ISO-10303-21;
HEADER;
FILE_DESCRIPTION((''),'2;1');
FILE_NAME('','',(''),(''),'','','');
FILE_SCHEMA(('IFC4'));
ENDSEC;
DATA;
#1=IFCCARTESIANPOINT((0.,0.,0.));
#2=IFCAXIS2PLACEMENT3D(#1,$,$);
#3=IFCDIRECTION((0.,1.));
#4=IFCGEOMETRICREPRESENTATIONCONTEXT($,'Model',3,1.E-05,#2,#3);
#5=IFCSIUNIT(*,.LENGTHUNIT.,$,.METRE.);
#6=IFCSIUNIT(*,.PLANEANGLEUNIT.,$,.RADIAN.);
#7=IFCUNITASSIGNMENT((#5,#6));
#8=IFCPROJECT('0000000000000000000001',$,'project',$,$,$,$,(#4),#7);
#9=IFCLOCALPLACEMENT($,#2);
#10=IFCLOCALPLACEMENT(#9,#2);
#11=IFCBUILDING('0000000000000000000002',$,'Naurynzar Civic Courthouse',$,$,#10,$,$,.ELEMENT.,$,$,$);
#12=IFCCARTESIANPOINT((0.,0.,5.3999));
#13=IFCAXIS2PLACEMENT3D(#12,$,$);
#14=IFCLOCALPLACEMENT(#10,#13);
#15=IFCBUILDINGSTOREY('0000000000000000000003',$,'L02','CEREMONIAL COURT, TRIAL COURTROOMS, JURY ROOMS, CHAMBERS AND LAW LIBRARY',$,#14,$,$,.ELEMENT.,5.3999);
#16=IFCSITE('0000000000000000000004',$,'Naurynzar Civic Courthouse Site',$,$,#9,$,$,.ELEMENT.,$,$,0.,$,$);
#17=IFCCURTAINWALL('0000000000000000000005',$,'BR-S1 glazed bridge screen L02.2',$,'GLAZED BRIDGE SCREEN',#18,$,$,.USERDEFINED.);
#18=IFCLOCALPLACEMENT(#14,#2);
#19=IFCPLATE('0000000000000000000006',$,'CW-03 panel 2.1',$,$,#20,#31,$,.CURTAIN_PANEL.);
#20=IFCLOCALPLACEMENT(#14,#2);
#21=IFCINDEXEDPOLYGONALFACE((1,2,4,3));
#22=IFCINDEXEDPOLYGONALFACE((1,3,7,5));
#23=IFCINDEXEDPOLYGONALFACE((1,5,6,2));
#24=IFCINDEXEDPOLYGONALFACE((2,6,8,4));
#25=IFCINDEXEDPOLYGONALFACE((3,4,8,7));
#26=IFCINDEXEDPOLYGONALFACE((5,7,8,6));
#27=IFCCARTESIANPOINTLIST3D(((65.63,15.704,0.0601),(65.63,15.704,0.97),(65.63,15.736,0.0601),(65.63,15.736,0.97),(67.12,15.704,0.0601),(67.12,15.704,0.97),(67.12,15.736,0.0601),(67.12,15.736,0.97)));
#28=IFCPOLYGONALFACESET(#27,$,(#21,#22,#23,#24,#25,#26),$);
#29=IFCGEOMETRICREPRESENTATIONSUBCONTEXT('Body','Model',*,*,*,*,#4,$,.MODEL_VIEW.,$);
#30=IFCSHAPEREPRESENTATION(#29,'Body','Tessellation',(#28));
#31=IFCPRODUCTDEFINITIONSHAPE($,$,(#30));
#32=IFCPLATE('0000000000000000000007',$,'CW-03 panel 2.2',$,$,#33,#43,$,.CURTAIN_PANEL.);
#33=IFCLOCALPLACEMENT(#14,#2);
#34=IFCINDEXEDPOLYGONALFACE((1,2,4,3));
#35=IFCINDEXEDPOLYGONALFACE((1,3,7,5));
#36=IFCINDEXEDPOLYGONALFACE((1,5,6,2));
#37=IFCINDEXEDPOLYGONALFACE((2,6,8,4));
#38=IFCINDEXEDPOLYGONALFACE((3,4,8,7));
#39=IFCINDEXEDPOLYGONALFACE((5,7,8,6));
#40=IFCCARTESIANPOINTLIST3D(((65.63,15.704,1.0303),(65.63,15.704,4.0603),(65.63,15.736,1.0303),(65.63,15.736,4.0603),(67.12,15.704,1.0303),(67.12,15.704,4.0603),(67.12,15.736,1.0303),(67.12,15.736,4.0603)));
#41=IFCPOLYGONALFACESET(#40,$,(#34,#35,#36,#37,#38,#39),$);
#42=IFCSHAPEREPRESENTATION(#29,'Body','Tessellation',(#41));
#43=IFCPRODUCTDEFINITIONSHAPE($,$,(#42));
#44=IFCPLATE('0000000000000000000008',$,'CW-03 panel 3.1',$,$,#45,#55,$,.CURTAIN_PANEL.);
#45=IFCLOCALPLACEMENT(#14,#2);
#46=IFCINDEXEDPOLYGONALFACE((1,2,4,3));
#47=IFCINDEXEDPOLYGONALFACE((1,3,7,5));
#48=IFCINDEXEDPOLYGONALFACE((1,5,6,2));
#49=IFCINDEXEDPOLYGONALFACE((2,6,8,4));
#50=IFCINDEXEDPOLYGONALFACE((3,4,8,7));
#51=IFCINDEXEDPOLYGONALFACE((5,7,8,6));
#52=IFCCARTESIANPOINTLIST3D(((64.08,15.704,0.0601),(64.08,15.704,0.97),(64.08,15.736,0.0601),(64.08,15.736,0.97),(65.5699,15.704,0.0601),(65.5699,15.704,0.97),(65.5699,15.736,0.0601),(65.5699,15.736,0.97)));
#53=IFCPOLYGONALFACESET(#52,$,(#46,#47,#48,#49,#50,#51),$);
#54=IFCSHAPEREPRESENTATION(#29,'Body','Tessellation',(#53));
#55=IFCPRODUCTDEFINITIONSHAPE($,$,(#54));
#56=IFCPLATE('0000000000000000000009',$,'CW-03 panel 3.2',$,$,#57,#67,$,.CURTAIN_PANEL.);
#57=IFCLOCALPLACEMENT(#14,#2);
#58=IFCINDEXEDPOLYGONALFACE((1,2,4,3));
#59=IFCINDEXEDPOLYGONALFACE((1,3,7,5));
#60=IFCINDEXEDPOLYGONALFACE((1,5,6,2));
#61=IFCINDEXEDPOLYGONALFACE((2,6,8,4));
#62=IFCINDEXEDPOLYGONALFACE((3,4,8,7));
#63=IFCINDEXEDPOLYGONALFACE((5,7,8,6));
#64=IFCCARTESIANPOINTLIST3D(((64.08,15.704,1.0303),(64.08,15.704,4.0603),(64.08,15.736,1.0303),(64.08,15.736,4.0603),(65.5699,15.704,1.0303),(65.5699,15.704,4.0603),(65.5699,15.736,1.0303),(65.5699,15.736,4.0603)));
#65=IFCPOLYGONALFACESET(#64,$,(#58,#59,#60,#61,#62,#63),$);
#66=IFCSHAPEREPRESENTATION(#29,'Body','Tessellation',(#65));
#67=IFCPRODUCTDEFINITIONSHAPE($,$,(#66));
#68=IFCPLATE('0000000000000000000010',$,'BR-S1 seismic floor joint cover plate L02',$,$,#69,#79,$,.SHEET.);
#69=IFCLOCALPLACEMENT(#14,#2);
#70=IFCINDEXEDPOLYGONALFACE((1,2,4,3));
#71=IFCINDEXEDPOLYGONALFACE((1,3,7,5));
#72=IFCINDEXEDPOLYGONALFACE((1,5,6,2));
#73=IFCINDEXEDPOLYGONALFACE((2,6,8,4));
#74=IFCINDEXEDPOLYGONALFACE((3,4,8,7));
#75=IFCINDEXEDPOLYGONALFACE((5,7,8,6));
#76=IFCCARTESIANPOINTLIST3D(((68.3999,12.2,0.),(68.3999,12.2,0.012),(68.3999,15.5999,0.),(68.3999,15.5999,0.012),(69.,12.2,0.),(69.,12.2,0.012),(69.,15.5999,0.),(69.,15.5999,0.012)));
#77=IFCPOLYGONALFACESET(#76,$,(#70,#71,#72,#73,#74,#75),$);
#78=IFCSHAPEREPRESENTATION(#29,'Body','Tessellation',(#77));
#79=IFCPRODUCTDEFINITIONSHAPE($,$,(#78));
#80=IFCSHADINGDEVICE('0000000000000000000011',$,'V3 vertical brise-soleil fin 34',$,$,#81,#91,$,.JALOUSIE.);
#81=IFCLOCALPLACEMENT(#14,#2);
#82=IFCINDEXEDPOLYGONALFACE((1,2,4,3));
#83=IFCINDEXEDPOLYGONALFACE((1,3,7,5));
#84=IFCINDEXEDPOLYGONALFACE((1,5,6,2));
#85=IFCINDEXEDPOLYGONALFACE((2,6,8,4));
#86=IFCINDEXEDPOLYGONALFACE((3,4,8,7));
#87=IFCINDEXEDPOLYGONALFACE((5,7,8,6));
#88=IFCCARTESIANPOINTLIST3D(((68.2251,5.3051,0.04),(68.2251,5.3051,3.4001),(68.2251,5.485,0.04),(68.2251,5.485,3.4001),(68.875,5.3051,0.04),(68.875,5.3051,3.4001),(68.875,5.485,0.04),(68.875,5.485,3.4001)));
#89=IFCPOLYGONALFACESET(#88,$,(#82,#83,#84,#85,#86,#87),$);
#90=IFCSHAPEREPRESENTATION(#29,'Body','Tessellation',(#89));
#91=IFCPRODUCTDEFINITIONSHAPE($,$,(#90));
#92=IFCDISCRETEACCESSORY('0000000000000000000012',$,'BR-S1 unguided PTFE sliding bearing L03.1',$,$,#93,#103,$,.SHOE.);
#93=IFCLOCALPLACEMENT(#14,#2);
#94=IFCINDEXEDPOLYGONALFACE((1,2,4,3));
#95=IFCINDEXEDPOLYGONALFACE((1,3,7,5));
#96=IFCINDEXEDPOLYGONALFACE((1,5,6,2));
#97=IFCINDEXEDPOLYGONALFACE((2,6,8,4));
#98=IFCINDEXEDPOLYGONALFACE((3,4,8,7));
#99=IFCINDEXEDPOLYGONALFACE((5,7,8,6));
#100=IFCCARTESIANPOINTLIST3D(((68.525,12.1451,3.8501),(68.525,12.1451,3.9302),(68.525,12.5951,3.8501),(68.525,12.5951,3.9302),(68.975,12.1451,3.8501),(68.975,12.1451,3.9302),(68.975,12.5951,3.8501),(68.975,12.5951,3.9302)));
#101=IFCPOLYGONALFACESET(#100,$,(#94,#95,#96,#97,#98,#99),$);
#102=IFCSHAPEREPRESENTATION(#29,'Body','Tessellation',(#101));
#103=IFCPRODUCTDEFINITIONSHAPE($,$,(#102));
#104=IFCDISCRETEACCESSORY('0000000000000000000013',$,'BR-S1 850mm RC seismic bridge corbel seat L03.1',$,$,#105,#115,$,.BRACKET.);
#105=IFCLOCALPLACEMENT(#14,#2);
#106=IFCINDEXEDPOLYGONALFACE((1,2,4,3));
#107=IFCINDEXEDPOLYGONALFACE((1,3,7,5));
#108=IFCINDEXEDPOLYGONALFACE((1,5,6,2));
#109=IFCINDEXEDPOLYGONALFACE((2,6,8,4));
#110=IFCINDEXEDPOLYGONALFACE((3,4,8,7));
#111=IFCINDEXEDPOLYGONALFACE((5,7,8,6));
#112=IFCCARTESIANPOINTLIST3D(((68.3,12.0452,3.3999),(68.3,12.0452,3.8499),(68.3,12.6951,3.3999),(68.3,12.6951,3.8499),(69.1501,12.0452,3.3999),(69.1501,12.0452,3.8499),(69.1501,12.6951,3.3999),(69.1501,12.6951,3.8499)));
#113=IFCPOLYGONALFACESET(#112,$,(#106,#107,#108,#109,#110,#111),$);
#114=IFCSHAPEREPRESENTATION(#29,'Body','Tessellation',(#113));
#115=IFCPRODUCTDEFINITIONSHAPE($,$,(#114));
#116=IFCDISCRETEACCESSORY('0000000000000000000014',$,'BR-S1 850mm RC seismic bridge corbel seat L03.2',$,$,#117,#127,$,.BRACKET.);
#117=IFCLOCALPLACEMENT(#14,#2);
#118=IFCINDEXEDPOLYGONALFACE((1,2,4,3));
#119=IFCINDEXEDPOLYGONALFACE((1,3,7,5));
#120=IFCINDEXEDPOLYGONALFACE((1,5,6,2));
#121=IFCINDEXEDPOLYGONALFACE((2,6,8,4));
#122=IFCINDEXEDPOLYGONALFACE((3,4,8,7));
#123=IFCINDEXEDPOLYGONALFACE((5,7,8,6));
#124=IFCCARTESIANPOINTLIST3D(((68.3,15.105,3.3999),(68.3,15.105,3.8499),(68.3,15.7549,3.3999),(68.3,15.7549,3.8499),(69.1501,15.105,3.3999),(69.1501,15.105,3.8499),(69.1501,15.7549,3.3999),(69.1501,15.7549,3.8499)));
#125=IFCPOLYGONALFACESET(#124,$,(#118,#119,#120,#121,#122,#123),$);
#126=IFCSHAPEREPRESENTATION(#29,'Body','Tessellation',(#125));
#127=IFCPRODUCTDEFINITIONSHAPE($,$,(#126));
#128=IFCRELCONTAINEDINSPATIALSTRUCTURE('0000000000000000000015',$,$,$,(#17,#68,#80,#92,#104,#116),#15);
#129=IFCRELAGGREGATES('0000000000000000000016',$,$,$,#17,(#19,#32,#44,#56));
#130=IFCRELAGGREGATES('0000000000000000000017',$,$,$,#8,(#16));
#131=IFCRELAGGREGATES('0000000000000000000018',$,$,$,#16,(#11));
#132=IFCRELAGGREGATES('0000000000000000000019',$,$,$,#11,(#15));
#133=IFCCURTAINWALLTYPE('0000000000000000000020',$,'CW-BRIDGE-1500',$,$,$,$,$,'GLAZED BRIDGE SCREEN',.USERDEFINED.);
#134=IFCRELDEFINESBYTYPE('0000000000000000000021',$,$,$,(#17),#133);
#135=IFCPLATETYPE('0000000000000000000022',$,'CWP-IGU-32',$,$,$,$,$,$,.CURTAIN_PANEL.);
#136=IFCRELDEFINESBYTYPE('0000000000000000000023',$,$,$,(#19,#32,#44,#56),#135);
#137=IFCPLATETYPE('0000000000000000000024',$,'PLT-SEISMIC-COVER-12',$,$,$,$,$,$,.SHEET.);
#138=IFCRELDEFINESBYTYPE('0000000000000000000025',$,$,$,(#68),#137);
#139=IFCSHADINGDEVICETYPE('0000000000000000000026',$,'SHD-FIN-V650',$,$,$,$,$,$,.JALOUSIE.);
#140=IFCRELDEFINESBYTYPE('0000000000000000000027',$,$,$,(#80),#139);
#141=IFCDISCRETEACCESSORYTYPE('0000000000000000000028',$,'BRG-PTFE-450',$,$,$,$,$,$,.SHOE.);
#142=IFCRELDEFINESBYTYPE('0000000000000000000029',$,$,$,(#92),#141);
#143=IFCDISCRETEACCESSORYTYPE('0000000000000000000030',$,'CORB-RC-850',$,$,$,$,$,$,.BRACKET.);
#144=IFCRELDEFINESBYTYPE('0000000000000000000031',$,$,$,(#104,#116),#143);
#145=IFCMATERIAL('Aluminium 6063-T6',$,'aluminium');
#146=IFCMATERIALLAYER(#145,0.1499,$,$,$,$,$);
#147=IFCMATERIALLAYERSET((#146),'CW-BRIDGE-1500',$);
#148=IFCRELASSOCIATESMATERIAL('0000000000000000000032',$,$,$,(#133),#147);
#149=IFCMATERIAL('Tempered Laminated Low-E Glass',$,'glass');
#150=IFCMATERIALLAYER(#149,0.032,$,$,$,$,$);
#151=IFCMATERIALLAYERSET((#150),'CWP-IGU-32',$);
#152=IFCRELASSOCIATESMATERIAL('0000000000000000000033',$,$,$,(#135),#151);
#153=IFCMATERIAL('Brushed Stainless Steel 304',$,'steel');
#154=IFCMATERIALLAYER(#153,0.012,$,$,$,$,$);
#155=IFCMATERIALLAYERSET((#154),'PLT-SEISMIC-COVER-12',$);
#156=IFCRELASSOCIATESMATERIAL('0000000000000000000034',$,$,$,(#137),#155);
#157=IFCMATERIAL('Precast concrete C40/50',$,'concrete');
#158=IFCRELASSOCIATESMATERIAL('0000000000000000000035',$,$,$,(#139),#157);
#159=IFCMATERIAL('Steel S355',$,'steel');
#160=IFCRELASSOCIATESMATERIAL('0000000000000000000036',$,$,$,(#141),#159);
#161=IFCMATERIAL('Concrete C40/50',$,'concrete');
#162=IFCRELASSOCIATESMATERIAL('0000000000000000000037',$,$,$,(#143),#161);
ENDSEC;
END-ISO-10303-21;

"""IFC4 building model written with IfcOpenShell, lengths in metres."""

from ifc_helpers import new_model, si_unit, direction, frame, origin, origin_2d, place, context, subcontext, project, spatial, rectangle, extrude, material, layer, layer_set, type_object, element, aggregate, save


model = new_model("IFC4")

# Units and contexts
model_context = context("Model", 3, precision=1e-05, world=origin(), true_north=direction((0.0, 1.0)))
body_context = subcontext(model_context, "Body", "Model", "MODEL_VIEW")
ifc_project = project(units=[si_unit("LENGTHUNIT", "METRE"), si_unit("PLANEANGLEUNIT", "RADIAN")], contexts=[model_context])

# Site, building, storey
site_placement = place(None, origin())
site = spatial("IfcSite", under=ifc_project, at=site_placement, Name="Naurynzar Civic Courthouse Site", CompositionType="ELEMENT", RefElevation=0.0)
building_placement = place(site_placement, origin())
building = spatial("IfcBuilding", under=site, at=building_placement, Name="Naurynzar Civic Courthouse", CompositionType="ELEMENT")
storey_placement = place(building_placement, frame((0.0, 0.0, 5.3999)))
storey = spatial("IfcBuildingStorey", under=building, at=storey_placement, Name="L02", Description="CEREMONIAL COURT, TRIAL COURTROOMS, JURY ROOMS, CHAMBERS AND LAW LIBRARY", CompositionType="ELEMENT", Elevation=5.3999)

# Curtain wall
ifc_material_1 = material(Name="Aluminium 6063-T6", Category="aluminium")
ifc_layer_1 = layer(ifc_material_1, 0.1499)
ifc_layer_set_1 = layer_set([ifc_layer_1], Name="CW-BRIDGE-1500")
curtain_wall_type = type_object("IfcCurtainWallType", Name="CW-BRIDGE-1500", ElementType="GLAZED BRIDGE SCREEN", PredefinedType="USERDEFINED", material=ifc_layer_set_1)
curtain_wall_1_placement = place(storey_placement, origin())
curtain_wall_1 = element("IfcCurtainWall", 1, at=curtain_wall_1_placement, inside=storey, type_object=curtain_wall_type, Name="BR-S1 glazed bridge screen L02.2", ObjectType="GLAZED BRIDGE SCREEN", PredefinedType="USERDEFINED")

# Plates
ifc_material_2 = material(Name="Tempered Laminated Low-E Glass", Category="glass")
ifc_layer_2 = layer(ifc_material_2, 0.032)
ifc_layer_set_2 = layer_set([ifc_layer_2], Name="CWP-IGU-32")
plate_type_1 = type_object("IfcPlateType", Name="CWP-IGU-32", PredefinedType="CURTAIN_PANEL", material=ifc_layer_set_2)
plate_1_placement = place(storey_placement, frame((66.375, 15.72, 0.0601), z_axis=(0.0, 0.0, 1.0), x_axis=(-1.0, 0.0, 0.0)))
plate_1 = element("IfcPlate", 2, at=plate_1_placement, type_object=plate_type_1, Name="CW-03 panel 2.1", PredefinedType="CURTAIN_PANEL", context=body_context, shape_type="SweptSolid", body=[
    extrude(rectangle(XDim=1.49, YDim=0.032, at=origin_2d()), origin(), (0.0, 0.0, 1.0), 0.9099),
])
plate_2_placement = place(storey_placement, frame((66.375, 15.72, 1.0303), z_axis=(0.0, 0.0, 1.0), x_axis=(-1.0, 0.0, 0.0)))
plate_2 = element("IfcPlate", 3, at=plate_2_placement, type_object=plate_type_1, Name="CW-03 panel 2.2", PredefinedType="CURTAIN_PANEL", context=body_context, shape_type="SweptSolid", body=[
    extrude(rectangle(XDim=1.49, YDim=0.032, at=origin_2d()), origin(), (0.0, 0.0, 1.0), 3.03),
])
plate_3_placement = place(storey_placement, frame((64.825, 15.72, 0.0601), z_axis=(0.0, 0.0, 1.0), x_axis=(-1.0, 0.0, 0.0)))
plate_3 = element("IfcPlate", 4, at=plate_3_placement, type_object=plate_type_1, Name="CW-03 panel 3.1", PredefinedType="CURTAIN_PANEL", context=body_context, shape_type="SweptSolid", body=[
    extrude(rectangle(XDim=1.49, YDim=0.032, at=origin_2d()), origin(), (0.0, 0.0, 1.0), 0.9099),
])
plate_4_placement = place(storey_placement, frame((64.825, 15.72, 1.0303), z_axis=(0.0, 0.0, 1.0), x_axis=(-1.0, 0.0, 0.0)))
plate_4 = element("IfcPlate", 5, at=plate_4_placement, type_object=plate_type_1, Name="CW-03 panel 3.2", PredefinedType="CURTAIN_PANEL", context=body_context, shape_type="SweptSolid", body=[
    extrude(rectangle(XDim=1.49, YDim=0.032, at=origin_2d()), origin(), (0.0, 0.0, 1.0), 3.03),
])
aggregate(curtain_wall_1, [plate_1, plate_2, plate_3, plate_4])
ifc_material_3 = material(Name="Brushed Stainless Steel 304", Category="steel")
ifc_layer_3 = layer(ifc_material_3, 0.012)
ifc_layer_set_3 = layer_set([ifc_layer_3], Name="PLT-SEISMIC-COVER-12")
plate_type_2 = type_object("IfcPlateType", Name="PLT-SEISMIC-COVER-12", PredefinedType="SHEET", material=ifc_layer_set_3)
plate_5_placement = place(storey_placement, frame((68.7, 13.8999, 0.0), z_axis=(0.0, 0.0, 1.0), x_axis=(1.0, 0.0, 0.0)))
element("IfcPlate", 6, at=plate_5_placement, inside=storey, type_object=plate_type_2, Name="BR-S1 seismic floor joint cover plate L02", PredefinedType="SHEET", context=body_context, shape_type="SweptSolid", body=[
    extrude(rectangle(XDim=0.6001, YDim=3.3999, at=origin_2d()), origin(), (0.0, 0.0, 1.0), 0.012),
])

# Shading device
ifc_material_4 = material(Name="Precast concrete C40/50", Category="concrete")
shading_device_type = type_object("IfcShadingDeviceType", Name="SHD-FIN-V650", PredefinedType="JALOUSIE", material=ifc_material_4)
shading_device_placement = place(storey_placement, frame((68.55, 5.395, 0.04), z_axis=(0.0, 0.0, 1.0), x_axis=(0.0, 1.0, 0.0)))
element("IfcShadingDevice", 7, at=shading_device_placement, inside=storey, type_object=shading_device_type, Name="V3 vertical brise-soleil fin 34", PredefinedType="JALOUSIE", context=body_context, shape_type="SweptSolid", body=[
    extrude(rectangle(XDim=0.1799, YDim=0.6499, at=origin_2d()), origin(), (0.0, 0.0, 1.0), 3.3601),
])

# Discrete accessories
ifc_material_5 = material(Name="Steel S355", Category="steel")
discrete_accessory_type_1 = type_object("IfcDiscreteAccessoryType", Name="BRG-PTFE-450", PredefinedType="SHOE", material=ifc_material_5)
discrete_accessory_placement = place(storey_placement, frame((68.75, 12.3701, 3.8501), z_axis=(0.0, 0.0, 1.0), x_axis=(1.0, 0.0, 0.0)))
element("IfcDiscreteAccessory", 8, at=discrete_accessory_placement, inside=storey, type_object=discrete_accessory_type_1, Name="BR-S1 unguided PTFE sliding bearing L03.1", PredefinedType="SHOE", context=body_context, shape_type="SweptSolid", body=[
    extrude(rectangle(XDim=0.45, YDim=0.45, at=origin_2d()), origin(), (0.0, 0.0, 1.0), 0.0801),
])
ifc_material_6 = material(Name="Concrete C40/50", Category="concrete")
discrete_accessory_type_2 = type_object("IfcDiscreteAccessoryType", Name="CORB-RC-850", PredefinedType="BRACKET", material=ifc_material_6)
for number, where, z_axis, x_axis, name in (
    (9, (68.7251, 12.3701, 3.3999), (0.0, 0.0, 1.0), (1.0, 0.0, 0.0), "BR-S1 850mm RC seismic bridge corbel seat L03.1"),
    (10, (68.7251, 15.4299, 3.3999), (0.0, 0.0, 1.0), (1.0, 0.0, 0.0), "BR-S1 850mm RC seismic bridge corbel seat L03.2"),
):
    element("IfcDiscreteAccessory", number, at=place(storey_placement, frame(where, z_axis=z_axis, x_axis=x_axis)), inside=storey, type_object=discrete_accessory_type_2, Name=name, PredefinedType="BRACKET", context=body_context, shape_type="SweptSolid", body=[
        extrude(rectangle(XDim=0.8501, YDim=0.6499, at=origin_2d()), origin(), (0.0, 0.0, 1.0), 0.45),
    ])

save(model, "model.ifc")
